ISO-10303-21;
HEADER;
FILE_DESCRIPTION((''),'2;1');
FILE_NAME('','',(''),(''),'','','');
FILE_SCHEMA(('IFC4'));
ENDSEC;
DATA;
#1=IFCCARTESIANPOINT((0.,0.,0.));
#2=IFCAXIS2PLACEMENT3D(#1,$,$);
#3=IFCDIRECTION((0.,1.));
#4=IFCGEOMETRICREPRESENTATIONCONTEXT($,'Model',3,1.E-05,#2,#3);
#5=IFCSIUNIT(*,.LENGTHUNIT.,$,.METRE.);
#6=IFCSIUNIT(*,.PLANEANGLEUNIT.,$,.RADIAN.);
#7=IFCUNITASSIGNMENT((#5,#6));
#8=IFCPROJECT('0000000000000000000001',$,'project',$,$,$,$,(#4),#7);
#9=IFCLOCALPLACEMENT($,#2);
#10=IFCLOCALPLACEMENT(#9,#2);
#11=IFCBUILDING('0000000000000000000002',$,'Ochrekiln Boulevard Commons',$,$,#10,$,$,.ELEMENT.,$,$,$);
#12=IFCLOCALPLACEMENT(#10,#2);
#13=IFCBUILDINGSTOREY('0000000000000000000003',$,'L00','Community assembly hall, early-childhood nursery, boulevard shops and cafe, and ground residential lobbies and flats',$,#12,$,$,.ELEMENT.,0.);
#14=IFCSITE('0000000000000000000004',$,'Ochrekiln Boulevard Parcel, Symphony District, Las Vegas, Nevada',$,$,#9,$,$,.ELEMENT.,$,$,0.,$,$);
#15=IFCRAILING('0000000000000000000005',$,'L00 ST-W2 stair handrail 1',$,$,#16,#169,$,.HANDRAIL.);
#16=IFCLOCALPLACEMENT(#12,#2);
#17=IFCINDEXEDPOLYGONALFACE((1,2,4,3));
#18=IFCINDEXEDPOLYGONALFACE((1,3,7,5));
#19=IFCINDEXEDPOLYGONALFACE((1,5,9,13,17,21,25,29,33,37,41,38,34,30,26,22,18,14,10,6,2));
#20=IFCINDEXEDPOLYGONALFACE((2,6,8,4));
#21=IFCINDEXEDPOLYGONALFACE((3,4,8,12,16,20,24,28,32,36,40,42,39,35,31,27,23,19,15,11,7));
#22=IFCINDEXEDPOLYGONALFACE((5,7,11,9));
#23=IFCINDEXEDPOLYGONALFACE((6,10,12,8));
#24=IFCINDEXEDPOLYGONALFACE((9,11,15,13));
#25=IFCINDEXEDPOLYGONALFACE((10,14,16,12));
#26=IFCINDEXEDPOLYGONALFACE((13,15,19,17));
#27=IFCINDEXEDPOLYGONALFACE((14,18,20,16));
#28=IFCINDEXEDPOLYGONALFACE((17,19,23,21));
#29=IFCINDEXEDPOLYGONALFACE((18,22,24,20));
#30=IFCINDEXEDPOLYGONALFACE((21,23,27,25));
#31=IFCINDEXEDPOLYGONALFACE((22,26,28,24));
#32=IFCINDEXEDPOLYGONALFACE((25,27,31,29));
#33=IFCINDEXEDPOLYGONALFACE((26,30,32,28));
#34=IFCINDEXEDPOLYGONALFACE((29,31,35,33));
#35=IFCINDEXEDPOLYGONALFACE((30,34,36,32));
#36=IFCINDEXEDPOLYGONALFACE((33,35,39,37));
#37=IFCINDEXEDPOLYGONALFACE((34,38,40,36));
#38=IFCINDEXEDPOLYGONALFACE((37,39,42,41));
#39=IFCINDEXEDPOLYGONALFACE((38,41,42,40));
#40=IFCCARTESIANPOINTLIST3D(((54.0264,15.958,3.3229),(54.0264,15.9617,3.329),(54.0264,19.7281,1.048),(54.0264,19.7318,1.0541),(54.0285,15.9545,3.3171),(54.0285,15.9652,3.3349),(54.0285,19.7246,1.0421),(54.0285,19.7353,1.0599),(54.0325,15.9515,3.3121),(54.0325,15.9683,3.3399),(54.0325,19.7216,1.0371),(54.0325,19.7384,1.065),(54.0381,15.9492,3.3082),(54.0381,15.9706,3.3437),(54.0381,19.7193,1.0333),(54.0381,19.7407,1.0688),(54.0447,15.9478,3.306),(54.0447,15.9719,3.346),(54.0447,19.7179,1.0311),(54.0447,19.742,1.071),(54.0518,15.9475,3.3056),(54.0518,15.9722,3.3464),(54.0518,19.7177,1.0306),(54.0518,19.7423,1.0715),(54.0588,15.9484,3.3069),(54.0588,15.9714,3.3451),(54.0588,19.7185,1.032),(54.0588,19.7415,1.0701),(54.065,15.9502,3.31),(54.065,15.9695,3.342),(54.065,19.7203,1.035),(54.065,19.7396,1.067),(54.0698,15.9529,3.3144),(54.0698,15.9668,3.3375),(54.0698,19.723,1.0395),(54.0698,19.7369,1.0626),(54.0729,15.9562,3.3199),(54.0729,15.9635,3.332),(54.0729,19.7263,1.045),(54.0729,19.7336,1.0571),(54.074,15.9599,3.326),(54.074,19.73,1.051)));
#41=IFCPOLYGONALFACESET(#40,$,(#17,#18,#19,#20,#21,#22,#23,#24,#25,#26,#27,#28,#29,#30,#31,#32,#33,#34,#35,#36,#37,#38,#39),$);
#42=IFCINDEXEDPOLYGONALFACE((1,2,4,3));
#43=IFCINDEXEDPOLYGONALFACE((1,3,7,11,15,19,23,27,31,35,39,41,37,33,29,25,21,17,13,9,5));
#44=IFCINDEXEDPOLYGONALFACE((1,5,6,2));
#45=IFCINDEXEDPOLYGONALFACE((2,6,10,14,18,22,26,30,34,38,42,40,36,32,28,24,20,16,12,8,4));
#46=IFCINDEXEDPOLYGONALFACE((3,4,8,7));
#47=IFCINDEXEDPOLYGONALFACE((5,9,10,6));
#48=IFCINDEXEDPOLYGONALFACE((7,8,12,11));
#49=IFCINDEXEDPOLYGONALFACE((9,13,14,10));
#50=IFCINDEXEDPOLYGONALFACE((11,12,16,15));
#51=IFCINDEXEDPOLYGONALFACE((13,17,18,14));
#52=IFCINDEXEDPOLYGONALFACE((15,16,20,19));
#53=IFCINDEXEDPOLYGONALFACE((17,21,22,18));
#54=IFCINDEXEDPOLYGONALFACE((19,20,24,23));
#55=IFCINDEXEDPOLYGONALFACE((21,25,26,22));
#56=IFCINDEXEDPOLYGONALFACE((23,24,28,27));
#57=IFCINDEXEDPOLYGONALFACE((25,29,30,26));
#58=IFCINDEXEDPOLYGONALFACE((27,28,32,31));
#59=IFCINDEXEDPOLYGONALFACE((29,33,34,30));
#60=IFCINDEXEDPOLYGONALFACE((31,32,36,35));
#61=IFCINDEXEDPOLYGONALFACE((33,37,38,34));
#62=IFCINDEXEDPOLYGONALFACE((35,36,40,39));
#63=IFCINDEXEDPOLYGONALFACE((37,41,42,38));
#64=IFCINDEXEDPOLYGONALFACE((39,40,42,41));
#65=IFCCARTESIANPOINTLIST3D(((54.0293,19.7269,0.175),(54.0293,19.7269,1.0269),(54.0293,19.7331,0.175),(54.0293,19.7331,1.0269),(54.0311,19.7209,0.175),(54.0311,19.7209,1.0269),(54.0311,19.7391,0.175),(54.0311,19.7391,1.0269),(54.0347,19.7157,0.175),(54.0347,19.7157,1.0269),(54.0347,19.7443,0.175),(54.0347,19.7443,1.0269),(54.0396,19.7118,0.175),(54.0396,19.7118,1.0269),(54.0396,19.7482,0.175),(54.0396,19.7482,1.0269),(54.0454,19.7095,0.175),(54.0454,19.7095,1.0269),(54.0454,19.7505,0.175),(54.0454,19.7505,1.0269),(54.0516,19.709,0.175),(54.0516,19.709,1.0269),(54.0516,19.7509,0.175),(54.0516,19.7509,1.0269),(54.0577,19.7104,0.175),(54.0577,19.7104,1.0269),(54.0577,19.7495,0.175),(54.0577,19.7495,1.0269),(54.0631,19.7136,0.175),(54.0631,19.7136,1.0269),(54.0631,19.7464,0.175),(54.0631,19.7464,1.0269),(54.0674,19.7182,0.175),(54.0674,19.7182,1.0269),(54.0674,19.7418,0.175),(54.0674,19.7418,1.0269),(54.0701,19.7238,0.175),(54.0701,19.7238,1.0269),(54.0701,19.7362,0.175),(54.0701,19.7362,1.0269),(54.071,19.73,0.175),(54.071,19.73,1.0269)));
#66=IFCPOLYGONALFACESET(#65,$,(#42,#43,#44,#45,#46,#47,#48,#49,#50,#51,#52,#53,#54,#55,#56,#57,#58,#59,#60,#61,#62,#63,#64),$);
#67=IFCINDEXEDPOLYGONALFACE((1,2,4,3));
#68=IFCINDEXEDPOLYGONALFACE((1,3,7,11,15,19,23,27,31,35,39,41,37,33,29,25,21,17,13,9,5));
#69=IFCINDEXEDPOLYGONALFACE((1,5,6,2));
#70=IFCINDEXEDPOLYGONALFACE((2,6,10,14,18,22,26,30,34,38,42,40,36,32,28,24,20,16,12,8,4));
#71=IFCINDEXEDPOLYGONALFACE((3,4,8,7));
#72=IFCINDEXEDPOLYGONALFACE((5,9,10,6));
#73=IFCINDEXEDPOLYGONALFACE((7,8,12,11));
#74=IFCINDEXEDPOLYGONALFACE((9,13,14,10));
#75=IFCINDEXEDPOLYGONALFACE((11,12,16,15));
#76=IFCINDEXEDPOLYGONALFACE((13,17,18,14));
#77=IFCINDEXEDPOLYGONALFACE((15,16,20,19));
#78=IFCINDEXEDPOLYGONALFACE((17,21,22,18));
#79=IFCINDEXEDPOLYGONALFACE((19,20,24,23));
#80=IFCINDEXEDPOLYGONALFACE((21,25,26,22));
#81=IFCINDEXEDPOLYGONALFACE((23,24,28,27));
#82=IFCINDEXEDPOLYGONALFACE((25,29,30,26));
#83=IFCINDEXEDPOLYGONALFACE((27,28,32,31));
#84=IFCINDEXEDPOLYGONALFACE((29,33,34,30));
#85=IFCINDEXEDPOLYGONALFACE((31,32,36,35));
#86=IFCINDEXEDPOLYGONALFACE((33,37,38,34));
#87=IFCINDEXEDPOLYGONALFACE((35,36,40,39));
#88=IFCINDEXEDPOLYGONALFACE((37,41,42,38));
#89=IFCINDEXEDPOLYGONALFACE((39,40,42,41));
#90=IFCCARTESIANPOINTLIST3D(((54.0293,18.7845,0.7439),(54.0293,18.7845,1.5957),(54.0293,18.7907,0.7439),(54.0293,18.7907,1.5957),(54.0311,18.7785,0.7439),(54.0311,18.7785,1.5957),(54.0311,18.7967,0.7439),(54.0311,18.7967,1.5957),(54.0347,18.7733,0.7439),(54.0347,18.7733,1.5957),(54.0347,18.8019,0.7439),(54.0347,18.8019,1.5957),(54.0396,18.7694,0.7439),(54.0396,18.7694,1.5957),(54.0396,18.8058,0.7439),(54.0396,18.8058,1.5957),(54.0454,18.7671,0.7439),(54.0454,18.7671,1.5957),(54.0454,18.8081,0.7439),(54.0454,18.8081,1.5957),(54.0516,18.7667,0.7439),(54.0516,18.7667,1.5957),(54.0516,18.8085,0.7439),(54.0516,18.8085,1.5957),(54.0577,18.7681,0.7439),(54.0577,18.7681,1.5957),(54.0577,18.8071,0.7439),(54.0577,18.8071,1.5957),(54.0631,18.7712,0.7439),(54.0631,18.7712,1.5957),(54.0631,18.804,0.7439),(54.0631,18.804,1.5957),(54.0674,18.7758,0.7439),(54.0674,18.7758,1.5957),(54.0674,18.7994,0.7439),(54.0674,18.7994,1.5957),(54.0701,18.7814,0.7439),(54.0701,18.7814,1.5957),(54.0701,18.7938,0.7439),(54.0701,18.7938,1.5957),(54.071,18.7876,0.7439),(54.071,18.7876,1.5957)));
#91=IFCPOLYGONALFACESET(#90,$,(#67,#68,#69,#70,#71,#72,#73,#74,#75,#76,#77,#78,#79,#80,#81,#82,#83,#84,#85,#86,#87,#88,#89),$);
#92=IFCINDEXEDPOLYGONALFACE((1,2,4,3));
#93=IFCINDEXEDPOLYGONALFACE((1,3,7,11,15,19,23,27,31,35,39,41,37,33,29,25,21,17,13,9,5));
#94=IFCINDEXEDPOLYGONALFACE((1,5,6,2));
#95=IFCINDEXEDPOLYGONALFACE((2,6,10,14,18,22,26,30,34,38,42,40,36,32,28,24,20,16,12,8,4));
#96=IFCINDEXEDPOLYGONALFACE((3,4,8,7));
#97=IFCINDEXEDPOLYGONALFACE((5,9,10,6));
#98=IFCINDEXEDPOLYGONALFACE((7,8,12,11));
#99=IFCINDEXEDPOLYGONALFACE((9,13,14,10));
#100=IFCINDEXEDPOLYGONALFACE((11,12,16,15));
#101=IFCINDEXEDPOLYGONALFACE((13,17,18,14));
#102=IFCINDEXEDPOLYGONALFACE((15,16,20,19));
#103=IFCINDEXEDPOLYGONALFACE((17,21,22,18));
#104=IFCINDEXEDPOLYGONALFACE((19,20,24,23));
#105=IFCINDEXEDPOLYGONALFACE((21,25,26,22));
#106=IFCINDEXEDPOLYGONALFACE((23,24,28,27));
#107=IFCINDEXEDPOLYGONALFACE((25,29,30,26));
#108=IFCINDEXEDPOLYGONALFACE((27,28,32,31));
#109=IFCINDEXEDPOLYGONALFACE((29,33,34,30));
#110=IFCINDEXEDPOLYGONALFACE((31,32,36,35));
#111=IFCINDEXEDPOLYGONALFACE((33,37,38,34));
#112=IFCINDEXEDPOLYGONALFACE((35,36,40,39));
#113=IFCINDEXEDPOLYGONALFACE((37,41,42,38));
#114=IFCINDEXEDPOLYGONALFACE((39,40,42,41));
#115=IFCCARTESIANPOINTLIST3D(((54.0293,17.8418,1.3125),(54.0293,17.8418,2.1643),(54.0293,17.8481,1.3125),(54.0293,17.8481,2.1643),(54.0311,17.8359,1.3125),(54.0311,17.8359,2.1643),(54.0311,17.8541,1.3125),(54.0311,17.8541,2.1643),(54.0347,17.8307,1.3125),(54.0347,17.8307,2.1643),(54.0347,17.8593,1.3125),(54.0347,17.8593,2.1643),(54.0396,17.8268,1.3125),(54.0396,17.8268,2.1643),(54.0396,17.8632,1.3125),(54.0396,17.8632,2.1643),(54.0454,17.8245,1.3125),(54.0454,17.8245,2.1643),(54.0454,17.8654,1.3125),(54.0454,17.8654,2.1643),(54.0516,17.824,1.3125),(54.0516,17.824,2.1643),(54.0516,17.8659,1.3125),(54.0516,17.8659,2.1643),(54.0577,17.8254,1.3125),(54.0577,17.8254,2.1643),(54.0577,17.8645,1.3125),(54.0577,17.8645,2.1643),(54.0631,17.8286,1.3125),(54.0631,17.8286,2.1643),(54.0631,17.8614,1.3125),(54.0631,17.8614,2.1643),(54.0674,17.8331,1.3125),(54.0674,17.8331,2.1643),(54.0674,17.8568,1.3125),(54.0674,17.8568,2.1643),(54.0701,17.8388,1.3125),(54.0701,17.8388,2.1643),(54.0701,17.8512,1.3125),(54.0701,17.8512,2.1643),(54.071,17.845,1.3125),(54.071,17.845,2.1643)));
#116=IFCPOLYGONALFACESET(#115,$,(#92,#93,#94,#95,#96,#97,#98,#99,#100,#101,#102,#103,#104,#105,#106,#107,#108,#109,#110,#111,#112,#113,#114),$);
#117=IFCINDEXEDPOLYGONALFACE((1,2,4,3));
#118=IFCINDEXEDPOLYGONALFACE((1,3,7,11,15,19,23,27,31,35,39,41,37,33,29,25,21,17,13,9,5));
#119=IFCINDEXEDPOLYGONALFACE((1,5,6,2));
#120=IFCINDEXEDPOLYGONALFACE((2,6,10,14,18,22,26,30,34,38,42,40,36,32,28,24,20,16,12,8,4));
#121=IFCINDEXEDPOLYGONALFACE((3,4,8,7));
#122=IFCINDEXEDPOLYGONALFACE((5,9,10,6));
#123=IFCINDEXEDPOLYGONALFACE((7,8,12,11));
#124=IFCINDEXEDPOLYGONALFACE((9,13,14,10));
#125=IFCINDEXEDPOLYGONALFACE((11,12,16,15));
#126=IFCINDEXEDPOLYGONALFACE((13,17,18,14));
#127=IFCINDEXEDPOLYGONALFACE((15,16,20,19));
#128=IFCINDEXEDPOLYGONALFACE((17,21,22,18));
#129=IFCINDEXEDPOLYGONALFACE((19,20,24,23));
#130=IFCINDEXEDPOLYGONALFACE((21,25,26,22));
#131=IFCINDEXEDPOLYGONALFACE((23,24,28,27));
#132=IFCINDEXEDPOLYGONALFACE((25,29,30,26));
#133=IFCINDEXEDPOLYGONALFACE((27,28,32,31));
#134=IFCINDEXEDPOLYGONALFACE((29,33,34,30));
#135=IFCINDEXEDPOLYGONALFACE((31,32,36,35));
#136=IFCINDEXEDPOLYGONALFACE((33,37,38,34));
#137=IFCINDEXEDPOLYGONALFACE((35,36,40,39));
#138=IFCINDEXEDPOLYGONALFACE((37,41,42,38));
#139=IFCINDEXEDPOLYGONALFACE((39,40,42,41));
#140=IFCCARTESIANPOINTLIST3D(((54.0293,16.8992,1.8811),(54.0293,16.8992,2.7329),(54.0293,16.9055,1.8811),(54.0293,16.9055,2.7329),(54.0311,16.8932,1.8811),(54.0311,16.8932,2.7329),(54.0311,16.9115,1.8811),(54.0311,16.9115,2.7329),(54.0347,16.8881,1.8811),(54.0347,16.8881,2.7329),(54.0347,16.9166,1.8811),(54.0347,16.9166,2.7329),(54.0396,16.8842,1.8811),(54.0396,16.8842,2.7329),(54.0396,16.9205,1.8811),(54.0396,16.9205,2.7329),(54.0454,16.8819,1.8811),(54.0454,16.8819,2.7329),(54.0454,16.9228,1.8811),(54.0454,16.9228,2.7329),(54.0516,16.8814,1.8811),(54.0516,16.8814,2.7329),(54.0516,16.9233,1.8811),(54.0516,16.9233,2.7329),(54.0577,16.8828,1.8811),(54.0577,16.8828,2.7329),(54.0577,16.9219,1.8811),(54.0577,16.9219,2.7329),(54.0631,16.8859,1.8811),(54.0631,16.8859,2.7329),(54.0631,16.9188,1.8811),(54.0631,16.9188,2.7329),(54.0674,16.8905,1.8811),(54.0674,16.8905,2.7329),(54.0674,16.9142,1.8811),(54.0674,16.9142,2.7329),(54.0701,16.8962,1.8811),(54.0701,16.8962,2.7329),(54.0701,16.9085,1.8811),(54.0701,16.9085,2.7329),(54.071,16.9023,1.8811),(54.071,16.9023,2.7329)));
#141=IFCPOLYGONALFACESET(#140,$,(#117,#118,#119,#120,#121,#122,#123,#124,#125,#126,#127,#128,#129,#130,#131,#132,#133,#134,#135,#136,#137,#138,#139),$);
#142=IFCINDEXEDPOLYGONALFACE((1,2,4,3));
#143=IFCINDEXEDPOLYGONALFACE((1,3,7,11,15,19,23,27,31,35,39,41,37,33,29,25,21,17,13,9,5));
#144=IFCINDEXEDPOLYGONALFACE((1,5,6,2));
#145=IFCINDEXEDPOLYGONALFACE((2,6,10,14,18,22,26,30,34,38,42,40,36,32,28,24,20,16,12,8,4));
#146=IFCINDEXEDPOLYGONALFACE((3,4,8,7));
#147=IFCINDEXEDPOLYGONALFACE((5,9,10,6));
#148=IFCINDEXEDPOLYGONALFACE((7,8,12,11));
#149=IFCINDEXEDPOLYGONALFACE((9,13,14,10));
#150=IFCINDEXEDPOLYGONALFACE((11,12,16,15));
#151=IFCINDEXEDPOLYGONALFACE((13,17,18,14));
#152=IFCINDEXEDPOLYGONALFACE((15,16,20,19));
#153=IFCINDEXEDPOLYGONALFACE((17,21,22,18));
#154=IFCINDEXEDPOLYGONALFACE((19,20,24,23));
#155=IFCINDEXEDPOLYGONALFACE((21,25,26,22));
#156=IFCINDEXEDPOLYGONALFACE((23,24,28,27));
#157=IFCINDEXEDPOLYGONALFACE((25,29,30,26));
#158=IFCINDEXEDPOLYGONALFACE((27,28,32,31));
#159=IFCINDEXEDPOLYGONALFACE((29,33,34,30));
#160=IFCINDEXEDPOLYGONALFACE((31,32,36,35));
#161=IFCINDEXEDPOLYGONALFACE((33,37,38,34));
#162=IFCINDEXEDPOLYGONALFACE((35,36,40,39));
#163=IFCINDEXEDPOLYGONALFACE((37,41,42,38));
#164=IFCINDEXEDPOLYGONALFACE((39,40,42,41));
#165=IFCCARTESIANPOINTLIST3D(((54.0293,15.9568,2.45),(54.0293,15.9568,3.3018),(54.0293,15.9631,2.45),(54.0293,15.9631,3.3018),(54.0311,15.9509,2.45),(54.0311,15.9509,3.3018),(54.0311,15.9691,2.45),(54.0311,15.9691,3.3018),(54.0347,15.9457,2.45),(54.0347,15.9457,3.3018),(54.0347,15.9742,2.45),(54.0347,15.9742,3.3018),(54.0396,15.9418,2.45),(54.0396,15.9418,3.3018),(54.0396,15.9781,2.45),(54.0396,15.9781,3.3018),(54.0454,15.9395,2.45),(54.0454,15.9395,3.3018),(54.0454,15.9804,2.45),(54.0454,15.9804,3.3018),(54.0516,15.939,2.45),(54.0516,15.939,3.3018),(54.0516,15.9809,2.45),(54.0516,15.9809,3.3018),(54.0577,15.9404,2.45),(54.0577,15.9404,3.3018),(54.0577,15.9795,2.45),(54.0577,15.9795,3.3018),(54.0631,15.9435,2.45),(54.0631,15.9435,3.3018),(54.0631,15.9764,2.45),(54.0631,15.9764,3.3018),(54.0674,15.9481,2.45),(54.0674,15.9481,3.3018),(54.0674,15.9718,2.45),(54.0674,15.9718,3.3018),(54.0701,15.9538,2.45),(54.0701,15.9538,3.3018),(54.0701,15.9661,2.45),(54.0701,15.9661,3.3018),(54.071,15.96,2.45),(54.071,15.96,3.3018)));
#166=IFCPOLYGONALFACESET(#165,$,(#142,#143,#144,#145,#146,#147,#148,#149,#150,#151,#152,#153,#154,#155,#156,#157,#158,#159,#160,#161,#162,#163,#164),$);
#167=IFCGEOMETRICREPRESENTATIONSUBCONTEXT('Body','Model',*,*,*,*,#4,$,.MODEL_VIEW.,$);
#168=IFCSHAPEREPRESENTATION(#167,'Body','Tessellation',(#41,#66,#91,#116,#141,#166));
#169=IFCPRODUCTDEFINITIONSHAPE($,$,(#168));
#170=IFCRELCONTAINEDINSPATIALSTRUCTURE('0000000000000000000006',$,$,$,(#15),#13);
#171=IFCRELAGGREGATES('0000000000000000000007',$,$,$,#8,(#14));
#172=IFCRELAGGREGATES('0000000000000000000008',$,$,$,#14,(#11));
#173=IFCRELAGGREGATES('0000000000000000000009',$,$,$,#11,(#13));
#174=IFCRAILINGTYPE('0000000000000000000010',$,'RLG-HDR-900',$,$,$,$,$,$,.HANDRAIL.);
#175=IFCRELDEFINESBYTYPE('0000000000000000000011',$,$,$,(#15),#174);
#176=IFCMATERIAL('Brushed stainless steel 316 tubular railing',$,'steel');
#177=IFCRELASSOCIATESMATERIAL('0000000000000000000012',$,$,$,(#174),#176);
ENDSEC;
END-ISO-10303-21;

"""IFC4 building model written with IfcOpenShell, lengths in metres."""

from ifc_helpers import new_model, si_unit, direction, frame, origin, origin_2d, place, context, subcontext, project, spatial, circle, extrude, material, type_object, element, save


model = new_model("IFC4")

# Units and contexts
model_context = context("Model", 3, precision=1e-05, world=origin(), true_north=direction((0.0, 1.0)))
body_context = subcontext(model_context, "Body", "Model", "MODEL_VIEW")
ifc_project = project(units=[si_unit("LENGTHUNIT", "METRE"), si_unit("PLANEANGLEUNIT", "RADIAN")], contexts=[model_context])

# Site, building, storey
site_placement = place(None, origin())
site = spatial("IfcSite", under=ifc_project, at=site_placement, Name="Ochrekiln Boulevard Parcel, Symphony District, Las Vegas, Nevada", CompositionType="ELEMENT", RefElevation=0.0)
building_placement = place(site_placement, origin())
building = spatial("IfcBuilding", under=site, at=building_placement, Name="Ochrekiln Boulevard Commons", CompositionType="ELEMENT")
storey_placement = place(building_placement, origin())
storey = spatial("IfcBuildingStorey", under=building, at=storey_placement, Name="L00", Description="Community assembly hall, early-childhood nursery, boulevard shops and cafe, and ground residential lobbies and flats", CompositionType="ELEMENT", Elevation=0.0)

# Railing
ifc_material_1 = material(Name="Brushed stainless steel 316 tubular railing", Category="steel")
railing_type_1 = type_object("IfcRailingType", Name="RLG-HDR-900", PredefinedType="HANDRAIL", material=ifc_material_1)
railing_1_placement = place(storey_placement, frame((54.05, 19.73, 0.175)))
element("IfcRailing", 1, at=railing_1_placement, inside=storey, type_object=railing_type_1, Name="L00 ST-W2 stair handrail 1", PredefinedType="HANDRAIL", context=body_context, shape_type="SweptSolid", body=[
    extrude(circle(Radius=0.0239, at=origin_2d()), frame((0.0, 0.0, 0.876), z_axis=(0.0, -0.856199, 0.516647), x_axis=(1.0, 0.0, 0.0)), (0.0, 0.0, 1.0), 4.4033),
    extrude(circle(Radius=0.021, at=origin_2d()), origin(), (0.0, 0.0, 1.0), 0.8518),
    extrude(circle(Radius=0.021, at=origin_2d()), frame((0.0, -0.9424, 0.5688)), (0.0, 0.0, 1.0), 0.8518),
    extrude(circle(Radius=0.021, at=origin_2d()), frame((0.0, -1.885, 1.1375)), (0.0, 0.0, 1.0), 0.8518),
    extrude(circle(Radius=0.021, at=origin_2d()), frame((0.0, -2.8276, 1.7061)), (0.0, 0.0, 1.0), 0.8518),
    extrude(circle(Radius=0.021, at=origin_2d()), frame((0.0, -3.77, 2.2749)), (0.0, 0.0, 1.0), 0.8518),
])

save(model, "model.ifc")
